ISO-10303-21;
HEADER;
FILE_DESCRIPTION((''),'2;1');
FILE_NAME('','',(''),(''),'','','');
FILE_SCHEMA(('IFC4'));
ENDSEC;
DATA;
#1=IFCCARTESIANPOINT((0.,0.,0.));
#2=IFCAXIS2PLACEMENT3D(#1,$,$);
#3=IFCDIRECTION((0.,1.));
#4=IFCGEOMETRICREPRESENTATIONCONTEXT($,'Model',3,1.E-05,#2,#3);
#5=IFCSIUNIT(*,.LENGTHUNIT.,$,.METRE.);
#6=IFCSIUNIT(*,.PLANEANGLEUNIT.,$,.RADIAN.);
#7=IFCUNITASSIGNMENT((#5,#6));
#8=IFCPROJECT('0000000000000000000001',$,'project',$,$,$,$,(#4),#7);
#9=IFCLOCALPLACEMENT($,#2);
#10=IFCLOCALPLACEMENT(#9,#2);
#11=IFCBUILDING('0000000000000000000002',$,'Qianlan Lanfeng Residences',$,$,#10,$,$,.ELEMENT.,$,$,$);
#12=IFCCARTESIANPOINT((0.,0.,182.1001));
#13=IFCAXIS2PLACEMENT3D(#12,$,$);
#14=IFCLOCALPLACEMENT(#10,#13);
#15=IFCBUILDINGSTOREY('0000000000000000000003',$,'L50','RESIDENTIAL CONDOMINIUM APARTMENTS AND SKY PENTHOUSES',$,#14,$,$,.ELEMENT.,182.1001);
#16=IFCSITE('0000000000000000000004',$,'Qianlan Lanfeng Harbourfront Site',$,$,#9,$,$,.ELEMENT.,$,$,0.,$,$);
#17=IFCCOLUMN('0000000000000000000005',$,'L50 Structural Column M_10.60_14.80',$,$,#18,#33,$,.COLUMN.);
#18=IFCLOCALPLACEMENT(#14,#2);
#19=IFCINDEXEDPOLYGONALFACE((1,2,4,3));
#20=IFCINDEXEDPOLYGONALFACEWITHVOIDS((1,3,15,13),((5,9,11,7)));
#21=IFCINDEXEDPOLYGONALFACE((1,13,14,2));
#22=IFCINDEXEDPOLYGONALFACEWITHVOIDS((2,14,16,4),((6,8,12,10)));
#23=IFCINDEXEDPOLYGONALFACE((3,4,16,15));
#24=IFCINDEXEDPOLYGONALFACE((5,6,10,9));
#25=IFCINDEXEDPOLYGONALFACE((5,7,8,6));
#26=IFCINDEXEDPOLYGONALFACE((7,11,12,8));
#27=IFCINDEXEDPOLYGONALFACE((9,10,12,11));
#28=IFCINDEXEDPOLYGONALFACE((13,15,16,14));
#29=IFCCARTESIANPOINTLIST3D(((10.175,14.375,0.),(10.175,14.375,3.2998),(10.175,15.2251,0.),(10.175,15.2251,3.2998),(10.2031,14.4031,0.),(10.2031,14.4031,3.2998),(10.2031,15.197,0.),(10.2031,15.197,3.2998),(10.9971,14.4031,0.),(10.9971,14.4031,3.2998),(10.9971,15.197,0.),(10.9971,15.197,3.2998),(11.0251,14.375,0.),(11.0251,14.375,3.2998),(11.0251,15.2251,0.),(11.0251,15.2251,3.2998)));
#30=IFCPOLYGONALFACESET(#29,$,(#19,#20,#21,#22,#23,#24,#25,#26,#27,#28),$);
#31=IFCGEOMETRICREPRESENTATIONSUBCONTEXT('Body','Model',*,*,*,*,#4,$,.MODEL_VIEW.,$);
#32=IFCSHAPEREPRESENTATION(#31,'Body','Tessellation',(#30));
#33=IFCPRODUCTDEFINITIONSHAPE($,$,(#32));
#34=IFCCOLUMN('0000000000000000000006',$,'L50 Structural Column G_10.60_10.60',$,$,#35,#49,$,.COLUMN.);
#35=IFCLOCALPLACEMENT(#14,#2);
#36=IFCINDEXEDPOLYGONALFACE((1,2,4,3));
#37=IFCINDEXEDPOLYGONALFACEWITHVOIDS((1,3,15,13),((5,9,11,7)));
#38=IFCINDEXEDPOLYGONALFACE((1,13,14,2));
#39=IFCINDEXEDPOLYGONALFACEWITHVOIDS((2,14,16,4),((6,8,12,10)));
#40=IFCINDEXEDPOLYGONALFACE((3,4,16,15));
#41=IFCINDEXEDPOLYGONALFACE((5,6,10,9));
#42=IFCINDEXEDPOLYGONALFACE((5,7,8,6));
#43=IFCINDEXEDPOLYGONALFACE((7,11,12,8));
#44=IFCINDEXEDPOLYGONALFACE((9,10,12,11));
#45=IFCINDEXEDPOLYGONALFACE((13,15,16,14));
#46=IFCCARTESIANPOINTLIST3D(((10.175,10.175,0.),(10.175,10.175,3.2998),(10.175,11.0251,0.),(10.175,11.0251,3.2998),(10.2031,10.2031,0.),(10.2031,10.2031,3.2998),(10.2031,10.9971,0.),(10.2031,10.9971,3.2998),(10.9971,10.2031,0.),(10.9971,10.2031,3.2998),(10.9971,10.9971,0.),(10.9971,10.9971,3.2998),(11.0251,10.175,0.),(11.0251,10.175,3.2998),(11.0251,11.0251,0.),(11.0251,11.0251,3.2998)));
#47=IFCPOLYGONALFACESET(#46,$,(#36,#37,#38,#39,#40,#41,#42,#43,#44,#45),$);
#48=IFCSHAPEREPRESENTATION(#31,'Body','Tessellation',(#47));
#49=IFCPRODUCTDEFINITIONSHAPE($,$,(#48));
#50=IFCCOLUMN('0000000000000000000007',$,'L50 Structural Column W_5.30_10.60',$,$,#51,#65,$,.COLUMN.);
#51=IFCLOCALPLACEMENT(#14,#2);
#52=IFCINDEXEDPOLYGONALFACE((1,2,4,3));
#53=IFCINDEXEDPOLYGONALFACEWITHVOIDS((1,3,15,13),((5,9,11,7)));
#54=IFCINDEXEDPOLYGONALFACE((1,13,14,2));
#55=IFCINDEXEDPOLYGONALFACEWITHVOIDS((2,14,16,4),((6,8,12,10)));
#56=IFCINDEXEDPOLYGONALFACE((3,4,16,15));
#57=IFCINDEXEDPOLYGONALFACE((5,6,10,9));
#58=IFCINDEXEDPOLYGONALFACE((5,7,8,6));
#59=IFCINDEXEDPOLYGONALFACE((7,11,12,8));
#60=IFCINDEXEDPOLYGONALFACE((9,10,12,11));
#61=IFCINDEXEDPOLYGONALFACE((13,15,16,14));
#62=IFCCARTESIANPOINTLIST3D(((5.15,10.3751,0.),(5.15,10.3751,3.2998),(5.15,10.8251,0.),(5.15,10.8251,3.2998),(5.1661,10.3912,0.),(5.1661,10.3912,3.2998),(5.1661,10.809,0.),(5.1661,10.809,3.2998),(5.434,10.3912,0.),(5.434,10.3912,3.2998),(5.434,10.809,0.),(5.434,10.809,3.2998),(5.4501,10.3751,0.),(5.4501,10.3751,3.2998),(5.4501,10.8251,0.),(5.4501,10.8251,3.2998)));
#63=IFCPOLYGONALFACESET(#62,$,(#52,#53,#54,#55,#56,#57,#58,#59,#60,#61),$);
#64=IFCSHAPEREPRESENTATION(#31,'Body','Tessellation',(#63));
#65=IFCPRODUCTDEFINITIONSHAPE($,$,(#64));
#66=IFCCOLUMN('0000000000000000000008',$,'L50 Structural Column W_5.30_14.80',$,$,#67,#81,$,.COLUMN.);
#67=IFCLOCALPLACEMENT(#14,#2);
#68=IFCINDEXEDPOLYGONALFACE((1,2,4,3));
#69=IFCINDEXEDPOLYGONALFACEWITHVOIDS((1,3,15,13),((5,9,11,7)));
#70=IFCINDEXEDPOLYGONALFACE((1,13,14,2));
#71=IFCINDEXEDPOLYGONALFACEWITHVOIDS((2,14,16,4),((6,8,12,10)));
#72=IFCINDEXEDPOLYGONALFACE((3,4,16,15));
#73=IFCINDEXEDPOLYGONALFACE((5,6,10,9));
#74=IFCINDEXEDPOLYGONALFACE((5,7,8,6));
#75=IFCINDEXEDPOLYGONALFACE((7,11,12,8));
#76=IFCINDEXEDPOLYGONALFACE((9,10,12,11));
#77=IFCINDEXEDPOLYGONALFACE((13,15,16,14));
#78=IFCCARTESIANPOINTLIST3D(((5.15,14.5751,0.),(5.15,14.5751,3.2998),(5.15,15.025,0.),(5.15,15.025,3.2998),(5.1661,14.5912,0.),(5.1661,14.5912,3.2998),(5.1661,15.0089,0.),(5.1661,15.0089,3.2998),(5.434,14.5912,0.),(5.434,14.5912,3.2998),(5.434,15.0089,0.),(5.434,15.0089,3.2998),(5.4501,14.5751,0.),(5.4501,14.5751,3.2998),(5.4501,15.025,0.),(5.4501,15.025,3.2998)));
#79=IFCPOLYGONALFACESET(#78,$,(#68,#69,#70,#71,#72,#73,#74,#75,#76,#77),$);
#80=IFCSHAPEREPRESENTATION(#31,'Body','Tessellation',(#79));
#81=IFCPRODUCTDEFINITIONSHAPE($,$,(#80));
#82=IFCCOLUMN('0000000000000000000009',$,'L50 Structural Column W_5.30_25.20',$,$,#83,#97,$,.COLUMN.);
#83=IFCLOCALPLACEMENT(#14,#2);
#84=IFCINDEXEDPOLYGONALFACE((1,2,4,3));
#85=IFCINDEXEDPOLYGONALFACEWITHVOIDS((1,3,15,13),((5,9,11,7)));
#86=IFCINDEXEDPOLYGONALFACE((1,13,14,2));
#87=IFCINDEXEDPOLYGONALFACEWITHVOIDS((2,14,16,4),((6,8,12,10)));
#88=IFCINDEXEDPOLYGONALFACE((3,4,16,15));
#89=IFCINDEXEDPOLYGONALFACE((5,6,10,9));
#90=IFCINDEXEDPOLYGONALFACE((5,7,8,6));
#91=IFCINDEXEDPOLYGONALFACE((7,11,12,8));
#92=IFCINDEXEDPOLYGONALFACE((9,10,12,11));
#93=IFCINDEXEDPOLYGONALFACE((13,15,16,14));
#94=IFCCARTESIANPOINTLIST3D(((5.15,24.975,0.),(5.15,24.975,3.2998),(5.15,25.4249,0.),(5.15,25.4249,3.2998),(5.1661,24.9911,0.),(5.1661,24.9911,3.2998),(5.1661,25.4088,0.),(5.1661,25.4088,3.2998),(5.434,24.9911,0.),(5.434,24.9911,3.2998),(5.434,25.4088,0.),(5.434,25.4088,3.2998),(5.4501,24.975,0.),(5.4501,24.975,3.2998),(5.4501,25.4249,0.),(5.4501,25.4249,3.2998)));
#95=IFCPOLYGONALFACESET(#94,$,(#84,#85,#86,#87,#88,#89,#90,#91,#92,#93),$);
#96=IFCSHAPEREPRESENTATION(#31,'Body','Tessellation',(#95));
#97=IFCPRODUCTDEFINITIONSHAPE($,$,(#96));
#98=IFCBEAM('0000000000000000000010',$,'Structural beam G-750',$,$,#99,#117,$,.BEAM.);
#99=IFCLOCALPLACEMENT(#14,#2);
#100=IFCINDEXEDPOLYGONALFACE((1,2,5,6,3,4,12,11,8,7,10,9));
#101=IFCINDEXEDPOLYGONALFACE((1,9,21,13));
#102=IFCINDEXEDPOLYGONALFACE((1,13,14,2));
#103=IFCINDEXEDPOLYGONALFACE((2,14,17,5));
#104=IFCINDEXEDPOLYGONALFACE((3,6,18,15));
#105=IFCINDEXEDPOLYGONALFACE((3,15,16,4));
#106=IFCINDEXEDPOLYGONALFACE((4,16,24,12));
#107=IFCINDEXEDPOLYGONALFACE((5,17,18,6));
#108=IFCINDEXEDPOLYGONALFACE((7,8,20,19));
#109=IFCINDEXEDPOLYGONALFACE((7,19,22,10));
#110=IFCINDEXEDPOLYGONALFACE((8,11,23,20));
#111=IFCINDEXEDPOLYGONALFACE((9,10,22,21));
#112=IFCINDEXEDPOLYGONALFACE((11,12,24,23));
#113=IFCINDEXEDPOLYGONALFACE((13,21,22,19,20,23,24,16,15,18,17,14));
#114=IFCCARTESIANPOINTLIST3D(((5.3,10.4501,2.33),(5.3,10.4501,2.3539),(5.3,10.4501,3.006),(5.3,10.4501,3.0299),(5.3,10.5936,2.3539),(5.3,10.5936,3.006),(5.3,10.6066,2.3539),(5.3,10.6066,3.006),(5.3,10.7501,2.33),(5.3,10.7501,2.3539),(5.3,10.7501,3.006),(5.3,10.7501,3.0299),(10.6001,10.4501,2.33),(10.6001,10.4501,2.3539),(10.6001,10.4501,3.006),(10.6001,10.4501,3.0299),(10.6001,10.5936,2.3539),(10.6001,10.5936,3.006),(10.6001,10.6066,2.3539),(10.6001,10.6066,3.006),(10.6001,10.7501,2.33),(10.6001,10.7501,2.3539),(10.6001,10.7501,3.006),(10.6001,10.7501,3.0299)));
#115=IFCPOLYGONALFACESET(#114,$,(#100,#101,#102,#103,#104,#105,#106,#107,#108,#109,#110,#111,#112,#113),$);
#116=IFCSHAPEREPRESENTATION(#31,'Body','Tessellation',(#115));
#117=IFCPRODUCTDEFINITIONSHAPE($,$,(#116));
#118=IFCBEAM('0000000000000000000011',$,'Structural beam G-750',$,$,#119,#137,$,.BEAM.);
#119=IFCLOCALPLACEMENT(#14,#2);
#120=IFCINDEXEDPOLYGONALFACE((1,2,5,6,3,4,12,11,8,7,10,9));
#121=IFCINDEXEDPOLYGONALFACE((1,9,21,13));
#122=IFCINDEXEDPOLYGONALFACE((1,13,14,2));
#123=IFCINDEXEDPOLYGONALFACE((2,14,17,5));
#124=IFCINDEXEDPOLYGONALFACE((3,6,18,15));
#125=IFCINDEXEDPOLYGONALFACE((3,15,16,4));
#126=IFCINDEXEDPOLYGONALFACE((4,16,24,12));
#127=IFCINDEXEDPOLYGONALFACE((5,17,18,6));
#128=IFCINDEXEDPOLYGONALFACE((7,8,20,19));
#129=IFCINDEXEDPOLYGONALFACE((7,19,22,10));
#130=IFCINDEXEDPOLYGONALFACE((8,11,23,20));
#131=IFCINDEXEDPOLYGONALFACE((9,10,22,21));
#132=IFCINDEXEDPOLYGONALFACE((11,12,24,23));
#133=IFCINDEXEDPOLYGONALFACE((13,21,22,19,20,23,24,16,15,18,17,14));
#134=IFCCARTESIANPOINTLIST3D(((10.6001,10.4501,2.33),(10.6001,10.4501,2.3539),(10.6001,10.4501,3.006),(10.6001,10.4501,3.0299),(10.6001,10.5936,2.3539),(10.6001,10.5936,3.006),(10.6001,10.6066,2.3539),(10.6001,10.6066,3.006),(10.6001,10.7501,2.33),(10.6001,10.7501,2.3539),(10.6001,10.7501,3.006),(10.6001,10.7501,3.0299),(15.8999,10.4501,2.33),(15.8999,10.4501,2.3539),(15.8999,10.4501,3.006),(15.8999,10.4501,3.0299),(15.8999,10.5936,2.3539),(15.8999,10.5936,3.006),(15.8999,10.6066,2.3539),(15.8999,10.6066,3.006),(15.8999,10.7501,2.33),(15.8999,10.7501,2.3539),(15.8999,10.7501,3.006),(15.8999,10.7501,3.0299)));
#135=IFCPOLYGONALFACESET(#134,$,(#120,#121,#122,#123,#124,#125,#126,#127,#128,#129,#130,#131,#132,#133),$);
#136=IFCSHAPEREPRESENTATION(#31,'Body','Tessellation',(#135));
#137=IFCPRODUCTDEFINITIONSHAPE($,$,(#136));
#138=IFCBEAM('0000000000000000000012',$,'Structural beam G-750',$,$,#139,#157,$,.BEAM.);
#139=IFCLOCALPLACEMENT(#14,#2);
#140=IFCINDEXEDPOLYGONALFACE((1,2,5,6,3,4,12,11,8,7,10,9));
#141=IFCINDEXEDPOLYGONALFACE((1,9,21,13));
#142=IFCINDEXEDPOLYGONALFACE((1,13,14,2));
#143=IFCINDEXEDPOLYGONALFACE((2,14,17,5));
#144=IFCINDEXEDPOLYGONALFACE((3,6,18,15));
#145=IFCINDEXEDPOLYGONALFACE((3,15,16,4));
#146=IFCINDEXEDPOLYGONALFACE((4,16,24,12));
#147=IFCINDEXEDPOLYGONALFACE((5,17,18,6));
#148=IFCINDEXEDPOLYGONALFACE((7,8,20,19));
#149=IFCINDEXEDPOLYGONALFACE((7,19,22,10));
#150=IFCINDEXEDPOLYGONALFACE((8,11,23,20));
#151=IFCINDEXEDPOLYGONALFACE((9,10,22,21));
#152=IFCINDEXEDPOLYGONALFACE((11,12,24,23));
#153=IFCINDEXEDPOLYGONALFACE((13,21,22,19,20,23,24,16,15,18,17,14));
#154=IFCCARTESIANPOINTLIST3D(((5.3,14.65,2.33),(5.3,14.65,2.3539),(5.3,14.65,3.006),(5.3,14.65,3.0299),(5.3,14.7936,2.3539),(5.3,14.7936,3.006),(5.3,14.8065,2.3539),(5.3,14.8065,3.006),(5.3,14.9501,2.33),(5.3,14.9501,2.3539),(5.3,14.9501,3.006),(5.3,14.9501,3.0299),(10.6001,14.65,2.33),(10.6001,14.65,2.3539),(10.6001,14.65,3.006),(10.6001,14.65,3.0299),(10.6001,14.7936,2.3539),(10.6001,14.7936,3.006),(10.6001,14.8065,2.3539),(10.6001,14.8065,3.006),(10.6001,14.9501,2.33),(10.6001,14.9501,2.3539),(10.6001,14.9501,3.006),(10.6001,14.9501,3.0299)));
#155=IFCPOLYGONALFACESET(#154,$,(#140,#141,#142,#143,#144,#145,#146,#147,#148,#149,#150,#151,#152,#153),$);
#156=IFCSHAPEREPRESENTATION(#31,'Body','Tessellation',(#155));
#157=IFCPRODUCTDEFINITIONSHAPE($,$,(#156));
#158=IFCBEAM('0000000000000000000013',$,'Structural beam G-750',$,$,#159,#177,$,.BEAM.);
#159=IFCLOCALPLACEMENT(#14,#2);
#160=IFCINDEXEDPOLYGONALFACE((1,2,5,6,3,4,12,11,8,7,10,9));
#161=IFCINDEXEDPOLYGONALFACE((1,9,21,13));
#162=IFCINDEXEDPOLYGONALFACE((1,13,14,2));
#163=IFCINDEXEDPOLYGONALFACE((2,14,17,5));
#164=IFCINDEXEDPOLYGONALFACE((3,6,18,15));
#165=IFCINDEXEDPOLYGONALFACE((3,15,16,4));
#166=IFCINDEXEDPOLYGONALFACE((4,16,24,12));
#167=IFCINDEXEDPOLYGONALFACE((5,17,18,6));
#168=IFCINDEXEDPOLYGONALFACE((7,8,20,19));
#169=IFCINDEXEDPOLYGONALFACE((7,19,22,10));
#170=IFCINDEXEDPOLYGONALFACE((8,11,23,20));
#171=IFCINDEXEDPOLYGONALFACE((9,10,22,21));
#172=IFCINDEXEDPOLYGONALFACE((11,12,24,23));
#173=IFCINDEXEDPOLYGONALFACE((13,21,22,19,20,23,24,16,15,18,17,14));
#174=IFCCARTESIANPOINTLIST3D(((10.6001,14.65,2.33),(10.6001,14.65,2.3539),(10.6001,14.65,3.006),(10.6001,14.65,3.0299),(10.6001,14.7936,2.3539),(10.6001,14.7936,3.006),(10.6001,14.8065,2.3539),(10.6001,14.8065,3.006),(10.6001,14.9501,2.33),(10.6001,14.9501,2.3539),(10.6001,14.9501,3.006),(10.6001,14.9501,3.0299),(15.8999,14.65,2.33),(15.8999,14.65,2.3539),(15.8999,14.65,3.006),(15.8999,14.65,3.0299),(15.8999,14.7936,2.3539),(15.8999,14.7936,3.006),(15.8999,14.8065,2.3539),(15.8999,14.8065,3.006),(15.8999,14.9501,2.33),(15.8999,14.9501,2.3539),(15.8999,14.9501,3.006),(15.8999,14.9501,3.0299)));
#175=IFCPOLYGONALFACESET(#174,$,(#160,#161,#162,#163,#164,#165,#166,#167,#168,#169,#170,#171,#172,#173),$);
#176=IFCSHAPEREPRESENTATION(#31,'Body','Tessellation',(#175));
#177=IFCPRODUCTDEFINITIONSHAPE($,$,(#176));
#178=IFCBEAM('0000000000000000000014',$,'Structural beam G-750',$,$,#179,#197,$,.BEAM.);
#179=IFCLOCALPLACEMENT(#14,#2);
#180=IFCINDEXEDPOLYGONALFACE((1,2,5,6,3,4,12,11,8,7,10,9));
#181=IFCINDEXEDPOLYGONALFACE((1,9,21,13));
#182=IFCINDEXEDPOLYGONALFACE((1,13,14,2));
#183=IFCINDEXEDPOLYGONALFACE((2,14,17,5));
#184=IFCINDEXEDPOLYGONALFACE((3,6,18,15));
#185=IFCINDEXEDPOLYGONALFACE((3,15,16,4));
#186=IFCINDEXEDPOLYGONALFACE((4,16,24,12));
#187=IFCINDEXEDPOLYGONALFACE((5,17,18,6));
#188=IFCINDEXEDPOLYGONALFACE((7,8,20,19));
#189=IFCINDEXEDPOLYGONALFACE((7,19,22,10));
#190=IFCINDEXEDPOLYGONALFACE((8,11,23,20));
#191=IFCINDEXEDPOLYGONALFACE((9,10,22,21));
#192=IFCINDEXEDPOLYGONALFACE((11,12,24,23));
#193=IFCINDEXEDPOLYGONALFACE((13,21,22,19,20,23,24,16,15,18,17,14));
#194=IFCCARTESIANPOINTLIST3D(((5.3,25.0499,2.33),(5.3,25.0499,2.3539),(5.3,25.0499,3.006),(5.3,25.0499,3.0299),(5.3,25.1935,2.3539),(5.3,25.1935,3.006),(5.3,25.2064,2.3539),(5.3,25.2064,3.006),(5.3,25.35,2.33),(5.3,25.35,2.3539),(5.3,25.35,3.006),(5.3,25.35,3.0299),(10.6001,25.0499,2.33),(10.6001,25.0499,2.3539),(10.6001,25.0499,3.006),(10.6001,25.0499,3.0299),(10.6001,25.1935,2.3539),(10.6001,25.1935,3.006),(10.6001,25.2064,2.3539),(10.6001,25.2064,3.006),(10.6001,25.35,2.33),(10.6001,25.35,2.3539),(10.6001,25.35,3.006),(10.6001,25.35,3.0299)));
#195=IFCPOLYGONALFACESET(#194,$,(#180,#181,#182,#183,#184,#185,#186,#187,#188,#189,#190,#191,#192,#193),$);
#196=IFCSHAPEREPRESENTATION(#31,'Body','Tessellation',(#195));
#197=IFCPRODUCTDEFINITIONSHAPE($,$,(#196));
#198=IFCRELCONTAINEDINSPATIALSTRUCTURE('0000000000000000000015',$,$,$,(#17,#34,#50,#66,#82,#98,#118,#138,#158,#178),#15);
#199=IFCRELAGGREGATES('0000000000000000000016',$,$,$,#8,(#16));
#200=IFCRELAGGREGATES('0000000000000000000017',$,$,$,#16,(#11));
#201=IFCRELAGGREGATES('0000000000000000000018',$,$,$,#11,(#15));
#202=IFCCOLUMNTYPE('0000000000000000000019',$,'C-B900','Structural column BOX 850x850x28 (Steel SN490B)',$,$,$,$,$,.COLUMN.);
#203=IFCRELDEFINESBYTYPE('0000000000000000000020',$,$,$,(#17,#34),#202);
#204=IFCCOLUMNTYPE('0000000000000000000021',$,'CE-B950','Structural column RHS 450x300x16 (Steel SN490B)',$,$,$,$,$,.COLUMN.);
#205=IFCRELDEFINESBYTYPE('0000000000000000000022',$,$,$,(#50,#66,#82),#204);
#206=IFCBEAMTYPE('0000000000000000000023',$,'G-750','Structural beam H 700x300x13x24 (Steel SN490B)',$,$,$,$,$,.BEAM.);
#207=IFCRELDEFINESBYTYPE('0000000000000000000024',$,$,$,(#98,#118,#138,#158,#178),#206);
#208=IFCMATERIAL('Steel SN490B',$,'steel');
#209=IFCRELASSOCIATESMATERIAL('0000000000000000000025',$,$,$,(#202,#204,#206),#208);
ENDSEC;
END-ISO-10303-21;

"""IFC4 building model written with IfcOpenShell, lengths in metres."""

from ifc_helpers import new_model, si_unit, direction, frame, origin, origin_2d, place, context, subcontext, project, spatial, hollow_rectangle, i_section, extrude, material, material_profile, profile_set, type_object, element, save


model = new_model("IFC4")

# Units and contexts
model_context = context("Model", 3, precision=1e-05, world=origin(), true_north=direction((0.0, 1.0)))
body_context = subcontext(model_context, "Body", "Model", "MODEL_VIEW")
ifc_project = project(units=[si_unit("LENGTHUNIT", "METRE"), si_unit("PLANEANGLEUNIT", "RADIAN")], contexts=[model_context])

# Site, building, storey
site_placement = place(None, origin())
site = spatial("IfcSite", under=ifc_project, at=site_placement, Name="Qianlan Lanfeng Harbourfront Site", CompositionType="ELEMENT", RefElevation=0.0)
building_placement = place(site_placement, origin())
building = spatial("IfcBuilding", under=site, at=building_placement, Name="Qianlan Lanfeng Residences", CompositionType="ELEMENT")
storey_placement = place(building_placement, frame((0.0, 0.0, 182.1001)))
storey = spatial("IfcBuildingStorey", under=building, at=storey_placement, Name="L50", Description="RESIDENTIAL CONDOMINIUM APARTMENTS AND SKY PENTHOUSES", CompositionType="ELEMENT", Elevation=182.1001)

# Columns
ifc_material_1 = material(Name="Steel SN490B", Category="steel")
ifc_material_profile_1 = material_profile(ifc_material_1, hollow_rectangle(XDim=0.8501, YDim=0.8501, WallThickness=0.0281, at=origin_2d()), Name="BOX 850x850x28")
ifc_profile_set_1 = profile_set([ifc_material_profile_1], Name="Steel SN490B")
column_type_1 = type_object("IfcColumnType", Name="C-B900", Description="Structural column BOX 850x850x28 (Steel SN490B)", PredefinedType="COLUMN", material=ifc_profile_set_1)
for number, where, z_axis, x_axis, name in (
    (1, (10.6001, 14.8, 0.0), (0.0, 0.0, 1.0), (1.0, 0.0, 0.0), "L50 Structural Column M_10.60_14.80"),
    (2, (10.6001, 10.6001, 0.0), (0.0, 0.0, 1.0), (1.0, 0.0, 0.0), "L50 Structural Column G_10.60_10.60"),
):
    element("IfcColumn", number, at=place(storey_placement, frame(where, z_axis=z_axis, x_axis=x_axis)), inside=storey, type_object=column_type_1, Name=name, PredefinedType="COLUMN", context=body_context, shape_type="SweptSolid", body=[
        extrude(hollow_rectangle(XDim=0.8501, YDim=0.8501, WallThickness=0.0281, at=origin_2d()), origin(), (0.0, 0.0, 1.0), 3.2998),
    ])
ifc_material_profile_2 = material_profile(ifc_material_1, hollow_rectangle(XDim=0.3, YDim=0.45, WallThickness=0.0161, at=origin_2d()), Name="RHS 450x300x16")
ifc_profile_set_2 = profile_set([ifc_material_profile_2], Name="Steel SN490B")
column_type_2 = type_object("IfcColumnType", Name="CE-B950", Description="Structural column RHS 450x300x16 (Steel SN490B)", PredefinedType="COLUMN", material=ifc_profile_set_2)
for number, where, z_axis, x_axis, name in (
    (3, (5.3, 10.6001, 0.0), (0.0, 0.0, 1.0), (1.0, 0.0, 0.0), "L50 Structural Column W_5.30_10.60"),
    (4, (5.3, 14.8, 0.0), (0.0, 0.0, 1.0), (1.0, 0.0, 0.0), "L50 Structural Column W_5.30_14.80"),
    (5, (5.3, 25.2, 0.0), (0.0, 0.0, 1.0), (1.0, 0.0, 0.0), "L50 Structural Column W_5.30_25.20"),
):
    element("IfcColumn", number, at=place(storey_placement, frame(where, z_axis=z_axis, x_axis=x_axis)), inside=storey, type_object=column_type_2, Name=name, PredefinedType="COLUMN", context=body_context, shape_type="SweptSolid", body=[
        extrude(hollow_rectangle(XDim=0.3, YDim=0.45, WallThickness=0.0161, at=origin_2d()), origin(), (0.0, 0.0, 1.0), 3.2998),
    ])

# Beams
ifc_material_profile_3 = material_profile(ifc_material_1, i_section(OverallWidth=0.3, OverallDepth=0.7, WebThickness=0.0129, FlangeThickness=0.0239, at=origin_2d()), Name="H 700x300x13x24")
ifc_profile_set_3 = profile_set([ifc_material_profile_3], Name="Steel SN490B")
beam_type_1 = type_object("IfcBeamType", Name="G-750", Description="Structural beam H 700x300x13x24 (Steel SN490B)", PredefinedType="BEAM", material=ifc_profile_set_3)
beam_1_placement = place(storey_placement, frame((5.3, 10.6001, 2.6799), z_axis=(1.0, 0.0, 0.0), x_axis=(0.0, 1.0, 0.0)))
element("IfcBeam", 6, at=beam_1_placement, inside=storey, type_object=beam_type_1, Name="Structural beam G-750", PredefinedType="BEAM", context=body_context, shape_type="SweptSolid", body=[
    extrude(i_section(OverallWidth=0.3, OverallDepth=0.7, WebThickness=0.0129, FlangeThickness=0.0239, at=origin_2d()), origin(), (0.0, 0.0, 1.0), 5.3),
])
beam_2_placement = place(storey_placement, frame((10.6001, 10.6001, 2.6799), z_axis=(1.0, 0.0, 0.0), x_axis=(0.0, 1.0, 0.0)))
element("IfcBeam", 7, at=beam_2_placement, inside=storey, type_object=beam_type_1, Name="Structural beam G-750", PredefinedType="BEAM", context=body_context, shape_type="SweptSolid", body=[
    extrude(i_section(OverallWidth=0.3, OverallDepth=0.7, WebThickness=0.0129, FlangeThickness=0.0239, at=origin_2d()), origin(), (0.0, 0.0, 1.0), 5.2998),
])
beam_3_placement = place(storey_placement, frame((5.3, 14.8, 2.6799), z_axis=(1.0, 0.0, 0.0), x_axis=(0.0, 1.0, 0.0)))
element("IfcBeam", 8, at=beam_3_placement, inside=storey, type_object=beam_type_1, Name="Structural beam G-750", PredefinedType="BEAM", context=body_context, shape_type="SweptSolid", body=[
    extrude(i_section(OverallWidth=0.3, OverallDepth=0.7, WebThickness=0.0129, FlangeThickness=0.0239, at=origin_2d()), origin(), (0.0, 0.0, 1.0), 5.3),
])
beam_4_placement = place(storey_placement, frame((10.6001, 14.8, 2.6799), z_axis=(1.0, 0.0, 0.0), x_axis=(0.0, 1.0, 0.0)))
element("IfcBeam", 9, at=beam_4_placement, inside=storey, type_object=beam_type_1, Name="Structural beam G-750", PredefinedType="BEAM", context=body_context, shape_type="SweptSolid", body=[
    extrude(i_section(OverallWidth=0.3, OverallDepth=0.7, WebThickness=0.0129, FlangeThickness=0.0239, at=origin_2d()), origin(), (0.0, 0.0, 1.0), 5.2998),
])
beam_5_placement = place(storey_placement, frame((5.3, 25.2, 2.6799), z_axis=(1.0, 0.0, 0.0), x_axis=(0.0, 1.0, 0.0)))
element("IfcBeam", 10, at=beam_5_placement, inside=storey, type_object=beam_type_1, Name="Structural beam G-750", PredefinedType="BEAM", context=body_context, shape_type="SweptSolid", body=[
    extrude(i_section(OverallWidth=0.3, OverallDepth=0.7, WebThickness=0.0129, FlangeThickness=0.0239, at=origin_2d()), origin(), (0.0, 0.0, 1.0), 5.3),
])

save(model, "model.ifc")
